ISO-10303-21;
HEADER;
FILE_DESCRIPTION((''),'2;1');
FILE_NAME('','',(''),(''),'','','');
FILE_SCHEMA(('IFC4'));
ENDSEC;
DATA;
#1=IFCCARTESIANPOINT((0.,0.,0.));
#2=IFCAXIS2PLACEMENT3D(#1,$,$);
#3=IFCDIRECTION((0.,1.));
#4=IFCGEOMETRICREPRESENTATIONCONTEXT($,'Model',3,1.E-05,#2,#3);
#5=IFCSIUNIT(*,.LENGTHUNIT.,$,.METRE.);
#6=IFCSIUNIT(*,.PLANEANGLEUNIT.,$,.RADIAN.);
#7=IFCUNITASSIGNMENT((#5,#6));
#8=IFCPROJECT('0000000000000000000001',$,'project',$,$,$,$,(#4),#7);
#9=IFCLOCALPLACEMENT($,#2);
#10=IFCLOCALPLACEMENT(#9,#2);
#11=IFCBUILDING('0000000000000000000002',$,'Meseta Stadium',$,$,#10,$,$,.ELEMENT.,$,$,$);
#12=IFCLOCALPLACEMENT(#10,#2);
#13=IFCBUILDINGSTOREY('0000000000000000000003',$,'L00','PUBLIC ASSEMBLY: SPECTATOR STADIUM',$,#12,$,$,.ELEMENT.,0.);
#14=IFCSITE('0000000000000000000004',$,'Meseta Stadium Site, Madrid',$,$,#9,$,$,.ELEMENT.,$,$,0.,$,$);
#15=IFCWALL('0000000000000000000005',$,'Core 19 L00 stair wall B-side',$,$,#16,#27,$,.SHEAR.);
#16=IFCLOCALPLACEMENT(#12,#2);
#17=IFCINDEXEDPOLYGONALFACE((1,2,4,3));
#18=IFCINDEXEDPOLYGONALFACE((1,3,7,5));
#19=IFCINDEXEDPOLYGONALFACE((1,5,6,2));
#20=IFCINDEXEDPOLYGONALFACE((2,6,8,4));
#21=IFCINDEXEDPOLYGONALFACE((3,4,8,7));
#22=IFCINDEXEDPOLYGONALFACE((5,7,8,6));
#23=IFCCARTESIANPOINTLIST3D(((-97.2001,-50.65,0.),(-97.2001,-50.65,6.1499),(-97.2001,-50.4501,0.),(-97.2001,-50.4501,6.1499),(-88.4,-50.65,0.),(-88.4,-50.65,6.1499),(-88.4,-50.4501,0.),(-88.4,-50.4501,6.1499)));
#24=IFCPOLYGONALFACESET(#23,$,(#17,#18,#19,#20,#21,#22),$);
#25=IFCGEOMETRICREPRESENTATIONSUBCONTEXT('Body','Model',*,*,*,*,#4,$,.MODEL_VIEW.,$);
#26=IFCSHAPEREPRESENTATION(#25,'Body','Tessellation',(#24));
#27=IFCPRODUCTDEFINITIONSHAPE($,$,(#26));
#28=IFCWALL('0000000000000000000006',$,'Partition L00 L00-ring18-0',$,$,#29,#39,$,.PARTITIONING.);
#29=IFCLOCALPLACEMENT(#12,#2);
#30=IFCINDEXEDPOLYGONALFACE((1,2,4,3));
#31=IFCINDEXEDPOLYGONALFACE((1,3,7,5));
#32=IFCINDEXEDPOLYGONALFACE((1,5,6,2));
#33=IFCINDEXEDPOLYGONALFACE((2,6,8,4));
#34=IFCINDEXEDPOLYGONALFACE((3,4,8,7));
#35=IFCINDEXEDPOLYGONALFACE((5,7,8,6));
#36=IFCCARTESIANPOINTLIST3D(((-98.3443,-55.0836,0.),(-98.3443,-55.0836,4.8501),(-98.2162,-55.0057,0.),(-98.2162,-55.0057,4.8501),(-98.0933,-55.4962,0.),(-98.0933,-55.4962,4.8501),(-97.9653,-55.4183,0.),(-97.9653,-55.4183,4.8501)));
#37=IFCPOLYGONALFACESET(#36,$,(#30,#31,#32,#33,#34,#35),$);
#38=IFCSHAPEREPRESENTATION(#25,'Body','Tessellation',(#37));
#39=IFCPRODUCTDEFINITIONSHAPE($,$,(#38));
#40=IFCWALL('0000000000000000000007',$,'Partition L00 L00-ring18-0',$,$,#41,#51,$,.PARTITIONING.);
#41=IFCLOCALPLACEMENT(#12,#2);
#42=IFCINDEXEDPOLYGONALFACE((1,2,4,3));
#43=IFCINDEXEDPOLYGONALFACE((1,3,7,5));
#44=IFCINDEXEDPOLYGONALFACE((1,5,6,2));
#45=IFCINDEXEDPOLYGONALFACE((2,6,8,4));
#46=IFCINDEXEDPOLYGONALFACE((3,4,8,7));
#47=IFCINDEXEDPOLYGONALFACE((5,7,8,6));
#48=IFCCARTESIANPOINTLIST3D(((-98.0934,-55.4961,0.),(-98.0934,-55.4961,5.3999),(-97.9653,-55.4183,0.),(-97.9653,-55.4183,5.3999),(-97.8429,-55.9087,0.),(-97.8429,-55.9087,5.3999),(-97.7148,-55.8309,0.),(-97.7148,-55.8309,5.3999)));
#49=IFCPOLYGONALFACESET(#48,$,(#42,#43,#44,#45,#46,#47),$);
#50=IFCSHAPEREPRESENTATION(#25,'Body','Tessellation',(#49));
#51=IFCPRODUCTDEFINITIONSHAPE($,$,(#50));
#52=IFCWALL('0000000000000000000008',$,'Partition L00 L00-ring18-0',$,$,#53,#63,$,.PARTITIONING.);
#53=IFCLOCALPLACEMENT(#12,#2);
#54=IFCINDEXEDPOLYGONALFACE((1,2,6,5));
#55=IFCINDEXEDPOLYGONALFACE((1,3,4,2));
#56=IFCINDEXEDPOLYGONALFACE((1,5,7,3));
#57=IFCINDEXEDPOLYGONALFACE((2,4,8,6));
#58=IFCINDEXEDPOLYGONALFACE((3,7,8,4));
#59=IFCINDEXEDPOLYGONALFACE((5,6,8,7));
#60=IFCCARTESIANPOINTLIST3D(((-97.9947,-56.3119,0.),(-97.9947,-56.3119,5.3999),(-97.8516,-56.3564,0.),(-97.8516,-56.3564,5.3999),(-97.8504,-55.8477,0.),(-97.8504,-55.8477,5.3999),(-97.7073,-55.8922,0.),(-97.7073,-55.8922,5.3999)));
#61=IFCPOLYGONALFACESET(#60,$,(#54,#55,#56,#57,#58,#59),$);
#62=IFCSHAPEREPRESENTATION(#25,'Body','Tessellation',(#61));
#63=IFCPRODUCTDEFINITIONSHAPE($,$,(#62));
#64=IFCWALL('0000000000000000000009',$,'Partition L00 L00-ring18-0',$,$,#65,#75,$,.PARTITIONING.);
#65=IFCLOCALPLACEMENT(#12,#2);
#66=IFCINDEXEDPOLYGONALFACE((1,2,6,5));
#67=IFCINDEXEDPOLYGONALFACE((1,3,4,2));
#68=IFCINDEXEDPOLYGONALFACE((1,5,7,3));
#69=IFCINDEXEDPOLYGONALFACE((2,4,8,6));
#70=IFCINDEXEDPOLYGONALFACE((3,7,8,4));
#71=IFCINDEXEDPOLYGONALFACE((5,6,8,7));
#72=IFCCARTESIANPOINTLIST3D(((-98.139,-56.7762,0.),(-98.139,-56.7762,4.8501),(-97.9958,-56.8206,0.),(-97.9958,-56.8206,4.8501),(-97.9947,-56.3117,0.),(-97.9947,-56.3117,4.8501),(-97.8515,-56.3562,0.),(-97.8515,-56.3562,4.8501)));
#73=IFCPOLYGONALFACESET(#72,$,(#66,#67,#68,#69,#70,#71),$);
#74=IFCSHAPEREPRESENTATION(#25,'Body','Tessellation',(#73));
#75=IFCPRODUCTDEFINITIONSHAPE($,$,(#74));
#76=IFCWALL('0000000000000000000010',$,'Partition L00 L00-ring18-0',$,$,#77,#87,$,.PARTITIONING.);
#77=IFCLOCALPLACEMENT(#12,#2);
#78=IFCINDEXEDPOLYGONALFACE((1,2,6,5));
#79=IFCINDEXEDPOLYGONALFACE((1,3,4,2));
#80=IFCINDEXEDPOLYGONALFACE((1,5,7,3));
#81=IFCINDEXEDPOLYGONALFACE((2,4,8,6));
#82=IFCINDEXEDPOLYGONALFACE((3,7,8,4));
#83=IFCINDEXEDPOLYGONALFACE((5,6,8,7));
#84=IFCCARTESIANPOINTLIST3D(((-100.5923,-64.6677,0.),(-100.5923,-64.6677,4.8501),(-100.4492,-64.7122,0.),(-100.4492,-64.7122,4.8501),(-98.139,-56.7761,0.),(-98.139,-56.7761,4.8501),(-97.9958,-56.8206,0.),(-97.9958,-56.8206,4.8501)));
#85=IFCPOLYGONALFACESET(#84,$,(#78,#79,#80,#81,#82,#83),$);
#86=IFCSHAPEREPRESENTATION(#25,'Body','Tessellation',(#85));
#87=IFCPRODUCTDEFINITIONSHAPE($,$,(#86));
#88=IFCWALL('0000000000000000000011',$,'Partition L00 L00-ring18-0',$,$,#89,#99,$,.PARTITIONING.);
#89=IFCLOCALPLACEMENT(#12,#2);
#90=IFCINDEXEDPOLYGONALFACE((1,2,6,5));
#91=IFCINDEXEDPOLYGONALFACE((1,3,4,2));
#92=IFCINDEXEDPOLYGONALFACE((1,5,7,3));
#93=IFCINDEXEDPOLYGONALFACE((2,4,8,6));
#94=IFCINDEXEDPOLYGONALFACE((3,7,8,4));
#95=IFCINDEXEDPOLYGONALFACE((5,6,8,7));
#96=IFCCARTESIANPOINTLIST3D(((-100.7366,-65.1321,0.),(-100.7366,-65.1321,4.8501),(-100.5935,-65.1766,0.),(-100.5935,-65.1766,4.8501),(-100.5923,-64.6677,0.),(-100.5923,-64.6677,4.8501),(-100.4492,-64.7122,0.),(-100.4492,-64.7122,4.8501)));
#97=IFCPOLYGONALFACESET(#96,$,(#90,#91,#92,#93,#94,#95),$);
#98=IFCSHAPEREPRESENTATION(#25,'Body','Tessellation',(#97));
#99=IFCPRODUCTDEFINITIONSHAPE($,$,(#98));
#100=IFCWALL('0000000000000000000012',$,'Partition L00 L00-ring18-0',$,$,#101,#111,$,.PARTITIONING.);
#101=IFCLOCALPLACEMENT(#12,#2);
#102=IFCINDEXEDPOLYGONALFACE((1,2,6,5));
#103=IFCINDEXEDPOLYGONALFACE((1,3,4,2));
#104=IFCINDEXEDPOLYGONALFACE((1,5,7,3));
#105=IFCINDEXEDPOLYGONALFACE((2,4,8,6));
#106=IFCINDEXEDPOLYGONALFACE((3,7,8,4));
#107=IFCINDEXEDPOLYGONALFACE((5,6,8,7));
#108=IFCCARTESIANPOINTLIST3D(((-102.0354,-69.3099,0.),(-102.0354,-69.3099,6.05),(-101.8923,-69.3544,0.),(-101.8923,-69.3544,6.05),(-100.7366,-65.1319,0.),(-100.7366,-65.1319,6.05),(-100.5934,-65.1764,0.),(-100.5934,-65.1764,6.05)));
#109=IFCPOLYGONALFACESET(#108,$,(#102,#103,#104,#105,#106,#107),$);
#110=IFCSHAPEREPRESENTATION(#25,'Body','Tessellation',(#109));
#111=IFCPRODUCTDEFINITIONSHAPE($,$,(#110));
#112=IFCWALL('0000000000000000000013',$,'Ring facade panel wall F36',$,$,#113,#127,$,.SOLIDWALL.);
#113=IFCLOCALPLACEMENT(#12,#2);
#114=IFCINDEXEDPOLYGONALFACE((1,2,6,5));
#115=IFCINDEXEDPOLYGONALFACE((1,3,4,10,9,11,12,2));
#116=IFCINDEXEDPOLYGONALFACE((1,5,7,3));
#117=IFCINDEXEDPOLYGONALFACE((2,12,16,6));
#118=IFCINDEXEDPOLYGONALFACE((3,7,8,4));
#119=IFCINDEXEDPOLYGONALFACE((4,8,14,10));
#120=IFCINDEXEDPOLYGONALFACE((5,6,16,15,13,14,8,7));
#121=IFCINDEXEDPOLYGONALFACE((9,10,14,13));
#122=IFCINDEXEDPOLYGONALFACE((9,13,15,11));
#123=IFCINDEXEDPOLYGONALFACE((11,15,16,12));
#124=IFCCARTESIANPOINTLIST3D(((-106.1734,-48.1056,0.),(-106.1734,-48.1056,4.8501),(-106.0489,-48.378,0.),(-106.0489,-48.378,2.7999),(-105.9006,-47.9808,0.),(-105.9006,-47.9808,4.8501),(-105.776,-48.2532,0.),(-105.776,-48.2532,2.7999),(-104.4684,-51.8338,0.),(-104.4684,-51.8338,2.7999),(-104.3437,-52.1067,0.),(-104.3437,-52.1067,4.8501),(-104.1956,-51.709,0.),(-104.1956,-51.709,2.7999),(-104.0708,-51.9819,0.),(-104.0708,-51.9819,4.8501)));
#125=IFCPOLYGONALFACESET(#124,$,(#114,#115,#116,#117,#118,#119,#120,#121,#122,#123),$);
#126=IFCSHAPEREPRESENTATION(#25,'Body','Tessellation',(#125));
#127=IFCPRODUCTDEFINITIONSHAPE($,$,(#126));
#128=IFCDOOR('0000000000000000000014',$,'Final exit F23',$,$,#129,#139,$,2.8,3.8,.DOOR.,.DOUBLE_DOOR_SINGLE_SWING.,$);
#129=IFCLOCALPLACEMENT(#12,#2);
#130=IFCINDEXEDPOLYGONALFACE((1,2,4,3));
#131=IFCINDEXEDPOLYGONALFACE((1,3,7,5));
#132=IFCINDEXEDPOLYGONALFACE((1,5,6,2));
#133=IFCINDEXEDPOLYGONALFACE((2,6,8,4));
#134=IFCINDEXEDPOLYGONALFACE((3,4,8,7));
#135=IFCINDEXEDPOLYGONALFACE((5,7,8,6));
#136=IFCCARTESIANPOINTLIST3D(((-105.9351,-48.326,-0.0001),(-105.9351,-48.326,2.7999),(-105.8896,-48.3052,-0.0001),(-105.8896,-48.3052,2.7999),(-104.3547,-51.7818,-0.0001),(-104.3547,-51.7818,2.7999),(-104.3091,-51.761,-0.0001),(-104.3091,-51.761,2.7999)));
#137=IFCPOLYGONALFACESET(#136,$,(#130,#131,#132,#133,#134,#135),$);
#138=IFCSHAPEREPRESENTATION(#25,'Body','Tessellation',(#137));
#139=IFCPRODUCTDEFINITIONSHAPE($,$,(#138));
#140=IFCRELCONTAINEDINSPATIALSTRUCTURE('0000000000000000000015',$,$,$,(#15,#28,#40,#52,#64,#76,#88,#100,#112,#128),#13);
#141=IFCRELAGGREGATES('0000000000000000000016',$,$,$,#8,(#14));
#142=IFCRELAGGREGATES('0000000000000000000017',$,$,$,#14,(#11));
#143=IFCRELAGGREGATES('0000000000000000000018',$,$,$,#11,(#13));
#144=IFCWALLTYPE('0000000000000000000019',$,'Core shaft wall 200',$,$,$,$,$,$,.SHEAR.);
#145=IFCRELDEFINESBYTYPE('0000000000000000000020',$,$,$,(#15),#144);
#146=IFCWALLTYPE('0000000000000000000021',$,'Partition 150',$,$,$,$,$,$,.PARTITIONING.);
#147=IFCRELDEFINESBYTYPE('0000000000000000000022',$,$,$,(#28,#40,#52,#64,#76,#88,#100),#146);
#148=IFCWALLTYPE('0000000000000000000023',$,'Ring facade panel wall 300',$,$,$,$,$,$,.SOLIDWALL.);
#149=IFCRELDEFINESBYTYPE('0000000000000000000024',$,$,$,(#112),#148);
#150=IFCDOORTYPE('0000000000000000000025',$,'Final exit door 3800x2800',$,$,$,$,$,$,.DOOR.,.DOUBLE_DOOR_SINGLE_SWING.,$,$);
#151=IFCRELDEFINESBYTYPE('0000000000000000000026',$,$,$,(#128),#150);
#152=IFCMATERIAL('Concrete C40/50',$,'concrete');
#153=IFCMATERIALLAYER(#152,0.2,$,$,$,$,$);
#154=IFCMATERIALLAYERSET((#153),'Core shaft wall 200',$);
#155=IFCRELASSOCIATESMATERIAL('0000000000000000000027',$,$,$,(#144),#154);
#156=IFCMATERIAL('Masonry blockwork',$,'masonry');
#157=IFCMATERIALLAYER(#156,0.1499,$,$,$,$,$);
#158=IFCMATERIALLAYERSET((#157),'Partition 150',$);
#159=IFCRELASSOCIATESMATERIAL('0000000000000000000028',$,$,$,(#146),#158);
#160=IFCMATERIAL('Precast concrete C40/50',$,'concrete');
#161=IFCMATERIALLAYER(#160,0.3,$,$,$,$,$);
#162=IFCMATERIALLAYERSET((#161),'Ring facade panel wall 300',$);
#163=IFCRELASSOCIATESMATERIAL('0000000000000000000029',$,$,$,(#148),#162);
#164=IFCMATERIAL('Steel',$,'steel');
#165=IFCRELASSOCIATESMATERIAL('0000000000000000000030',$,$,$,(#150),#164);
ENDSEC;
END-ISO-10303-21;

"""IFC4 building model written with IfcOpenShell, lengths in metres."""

from ifc_helpers import new_model, si_unit, direction, frame, frame_2d, origin, place, context, subcontext, project, spatial, rectangle, extrude, material, layer, layer_set, type_object, element, fill, save


model = new_model("IFC4")

# Units and contexts
model_context = context("Model", 3, precision=1e-05, world=origin(), true_north=direction((0.0, 1.0)))
body_context = subcontext(model_context, "Body", "Model", "MODEL_VIEW")
ifc_project = project(units=[si_unit("LENGTHUNIT", "METRE"), si_unit("PLANEANGLEUNIT", "RADIAN")], contexts=[model_context])

# Site, building, storey
site_placement = place(None, origin())
site = spatial("IfcSite", under=ifc_project, at=site_placement, Name="Meseta Stadium Site, Madrid", CompositionType="ELEMENT", RefElevation=0.0)
building_placement = place(site_placement, origin())
building = spatial("IfcBuilding", under=site, at=building_placement, Name="Meseta Stadium", CompositionType="ELEMENT")
storey_placement = place(building_placement, origin())
storey = spatial("IfcBuildingStorey", under=building, at=storey_placement, Name="L00", Description="PUBLIC ASSEMBLY: SPECTATOR STADIUM", CompositionType="ELEMENT", Elevation=0.0)

# Walls
ifc_material_1 = material(Name="Concrete C40/50", Category="concrete")
ifc_layer_1 = layer(ifc_material_1, 0.2)
ifc_layer_set_1 = layer_set([ifc_layer_1], Name="Core shaft wall 200")
wall_type_1 = type_object("IfcWallType", Name="Core shaft wall 200", PredefinedType="SHEAR", material=ifc_layer_set_1)
wall_1_placement = place(storey_placement, frame((-97.2, -50.55, 0.0), z_axis=(0.0, 0.0, 1.0), x_axis=(1.0, 0.0, 0.0)))
element("IfcWall", 1, at=wall_1_placement, inside=storey, type_object=wall_type_1, Name="Core 19 L00 stair wall B-side", PredefinedType="SHEAR", context=body_context, shape_type="SweptSolid", body=[
    extrude(rectangle(XDim=8.8, YDim=0.2, at=frame_2d((4.3999, 0.0))), origin(), (0.0, 0.0, 1.0), 6.1499),
])
ifc_material_2 = material(Name="Masonry blockwork", Category="masonry")
ifc_layer_2 = layer(ifc_material_2, 0.1499)
ifc_layer_set_2 = layer_set([ifc_layer_2], Name="Partition 150")
wall_type_2 = type_object("IfcWallType", Name="Partition 150", PredefinedType="PARTITIONING", material=ifc_layer_set_2)
wall_2_placement = place(storey_placement, frame((-98.2803, -55.0447, 0.0), z_axis=(0.0, 0.0, 1.0), x_axis=(0.51969, -0.854355, 0.0)))
element("IfcWall", 2, at=wall_2_placement, inside=storey, type_object=wall_type_2, Name="Partition L00 L00-ring18-0", PredefinedType="PARTITIONING", context=body_context, shape_type="SweptSolid", body=[
    extrude(rectangle(XDim=0.4829, YDim=0.1499, at=frame_2d((0.2415, 0.0))), origin(), (0.0, 0.0, 1.0), 4.8501),
])
wall_3_placement = place(storey_placement, frame((-98.0293, -55.4573, 0.0), z_axis=(0.0, 0.0, 1.0), x_axis=(0.518952, -0.854804, 0.0)))
element("IfcWall", 3, at=wall_3_placement, inside=storey, type_object=wall_type_2, Name="Partition L00 L00-ring18-0", PredefinedType="PARTITIONING", context=body_context, shape_type="SweptSolid", body=[
    extrude(rectangle(XDim=0.4827, YDim=0.1499, at=frame_2d((0.2412, 0.0))), origin(), (0.0, 0.0, 1.0), 5.3999),
])
wall_4_placement = place(storey_placement, frame((-97.7788, -55.8699, 0.0), z_axis=(0.0, 0.0, 1.0), x_axis=(-0.296873, -0.954917, 0.0)))
element("IfcWall", 4, at=wall_4_placement, inside=storey, type_object=wall_type_2, Name="Partition L00 L00-ring18-0", PredefinedType="PARTITIONING", context=body_context, shape_type="SweptSolid", body=[
    extrude(rectangle(XDim=0.4861, YDim=0.1499, at=frame_2d((0.2432, 0.0))), origin(), (0.0, 0.0, 1.0), 5.3999),
])
wall_5_placement = place(storey_placement, frame((-97.9231, -56.334, 0.0), z_axis=(0.0, 0.0, 1.0), x_axis=(-0.296731, -0.954961, 0.0)))
element("IfcWall", 5, at=wall_5_placement, inside=storey, type_object=wall_type_2, Name="Partition L00 L00-ring18-0", PredefinedType="PARTITIONING", context=body_context, shape_type="SweptSolid", body=[
    extrude(rectangle(XDim=0.4863, YDim=0.1499, at=frame_2d((0.2432, 0.0))), origin(), (0.0, 0.0, 1.0), 4.8501),
])
wall_6_placement = place(storey_placement, frame((-98.0674, -56.7983, 0.0), z_axis=(0.0, 0.0, 1.0), x_axis=(-0.296868, -0.954918, 0.0)))
element("IfcWall", 6, at=wall_6_placement, inside=storey, type_object=wall_type_2, Name="Partition L00 L00-ring18-0", PredefinedType="PARTITIONING", context=body_context, shape_type="SweptSolid", body=[
    extrude(rectangle(XDim=8.2642, YDim=0.1499, at=frame_2d((4.1321, 0.0))), origin(), (0.0, 0.0, 1.0), 4.8501),
])
wall_7_placement = place(storey_placement, frame((-100.5208, -64.6899, 0.0), z_axis=(0.0, 0.0, 1.0), x_axis=(-0.296731, -0.954961, 0.0)))
element("IfcWall", 7, at=wall_7_placement, inside=storey, type_object=wall_type_2, Name="Partition L00 L00-ring18-0", PredefinedType="PARTITIONING", context=body_context, shape_type="SweptSolid", body=[
    extrude(rectangle(XDim=0.4863, YDim=0.1499, at=frame_2d((0.2432, 0.0))), origin(), (0.0, 0.0, 1.0), 4.8501),
])
wall_8_placement = place(storey_placement, frame((-100.665, -65.1543, 0.0), z_axis=(0.0, 0.0, 1.0), x_axis=(-0.296861, -0.954921, 0.0)))
element("IfcWall", 8, at=wall_8_placement, inside=storey, type_object=wall_type_2, Name="Partition L00 L00-ring18-0", PredefinedType="PARTITIONING", context=body_context, shape_type="SweptSolid", body=[
    extrude(rectangle(XDim=4.3752, YDim=0.1499, at=frame_2d((2.1875, 0.0))), origin(), (0.0, 0.0, 1.0), 6.05),
])

# Wall, opening, door
ifc_material_3 = material(Name="Precast concrete C40/50", Category="concrete")
ifc_layer_3 = layer(ifc_material_3, 0.3)
ifc_layer_set_3 = layer_set([ifc_layer_3], Name="Ring facade panel wall 300")
wall_type_3 = type_object("IfcWallType", Name="Ring facade panel wall 300", PredefinedType="SOLIDWALL", material=ifc_layer_set_3)
wall_9_placement = place(storey_placement, frame((-104.2073, -52.0442, 0.0), z_axis=(0.0, 0.0, 1.0), x_axis=(-0.415892, 0.909414, 0.0)))
wall_9 = element("IfcWall", 9, at=wall_9_placement, inside=storey, type_object=wall_type_3, Name="Ring facade panel wall F36", PredefinedType="SOLIDWALL", context=body_context, shape_type="SweptSolid", body=[
    extrude(rectangle(XDim=4.3997, YDim=0.3, at=frame_2d((2.1997, 0.0))), origin(), (0.0, 0.0, 1.0), 4.8501),
])
opening_placement = place(wall_9_placement, frame((0.3, 0.0, 0.0)))
opening = element("IfcOpeningElement", 10, at=opening_placement, cuts=wall_9, PredefinedType="OPENING", context=body_context, shape_type="SweptSolid", body=[
    extrude(rectangle(XDim=3.8, YDim=2.8, at=frame_2d((1.8999, 1.3999))), frame((0.0, 0.1599, 0.0), z_axis=(0.0, -1.0, 0.0), x_axis=(1.0, 0.0, 0.0)), (0.0, 0.0, 1.0), 0.3201),
])
ifc_material_4 = material(Name="Steel", Category="steel")
door_type = type_object("IfcDoorType", Name="Final exit door 3800x2800", OperationType="DOUBLE_DOOR_SINGLE_SWING", PredefinedType="DOOR", material=ifc_material_4)
door_placement = place(opening_placement, origin())
door = element("IfcDoor", 11, at=door_placement, inside=storey, type_object=door_type, Name="Final exit F23", OperationType="DOUBLE_DOOR_SINGLE_SWING", OverallHeight=2.8, OverallWidth=3.8, PredefinedType="DOOR", context=body_context, shape_type="SweptSolid", body=[
    extrude(rectangle(XDim=3.8, YDim=2.8, at=frame_2d((1.8999, 1.3999))), frame((0.0, 0.0249, 0.0), z_axis=(0.0, -1.0, 0.0), x_axis=(1.0, 0.0, 0.0)), (0.0, 0.0, 1.0), 0.05),
])
fill(opening, door)

save(model, "model.ifc")
